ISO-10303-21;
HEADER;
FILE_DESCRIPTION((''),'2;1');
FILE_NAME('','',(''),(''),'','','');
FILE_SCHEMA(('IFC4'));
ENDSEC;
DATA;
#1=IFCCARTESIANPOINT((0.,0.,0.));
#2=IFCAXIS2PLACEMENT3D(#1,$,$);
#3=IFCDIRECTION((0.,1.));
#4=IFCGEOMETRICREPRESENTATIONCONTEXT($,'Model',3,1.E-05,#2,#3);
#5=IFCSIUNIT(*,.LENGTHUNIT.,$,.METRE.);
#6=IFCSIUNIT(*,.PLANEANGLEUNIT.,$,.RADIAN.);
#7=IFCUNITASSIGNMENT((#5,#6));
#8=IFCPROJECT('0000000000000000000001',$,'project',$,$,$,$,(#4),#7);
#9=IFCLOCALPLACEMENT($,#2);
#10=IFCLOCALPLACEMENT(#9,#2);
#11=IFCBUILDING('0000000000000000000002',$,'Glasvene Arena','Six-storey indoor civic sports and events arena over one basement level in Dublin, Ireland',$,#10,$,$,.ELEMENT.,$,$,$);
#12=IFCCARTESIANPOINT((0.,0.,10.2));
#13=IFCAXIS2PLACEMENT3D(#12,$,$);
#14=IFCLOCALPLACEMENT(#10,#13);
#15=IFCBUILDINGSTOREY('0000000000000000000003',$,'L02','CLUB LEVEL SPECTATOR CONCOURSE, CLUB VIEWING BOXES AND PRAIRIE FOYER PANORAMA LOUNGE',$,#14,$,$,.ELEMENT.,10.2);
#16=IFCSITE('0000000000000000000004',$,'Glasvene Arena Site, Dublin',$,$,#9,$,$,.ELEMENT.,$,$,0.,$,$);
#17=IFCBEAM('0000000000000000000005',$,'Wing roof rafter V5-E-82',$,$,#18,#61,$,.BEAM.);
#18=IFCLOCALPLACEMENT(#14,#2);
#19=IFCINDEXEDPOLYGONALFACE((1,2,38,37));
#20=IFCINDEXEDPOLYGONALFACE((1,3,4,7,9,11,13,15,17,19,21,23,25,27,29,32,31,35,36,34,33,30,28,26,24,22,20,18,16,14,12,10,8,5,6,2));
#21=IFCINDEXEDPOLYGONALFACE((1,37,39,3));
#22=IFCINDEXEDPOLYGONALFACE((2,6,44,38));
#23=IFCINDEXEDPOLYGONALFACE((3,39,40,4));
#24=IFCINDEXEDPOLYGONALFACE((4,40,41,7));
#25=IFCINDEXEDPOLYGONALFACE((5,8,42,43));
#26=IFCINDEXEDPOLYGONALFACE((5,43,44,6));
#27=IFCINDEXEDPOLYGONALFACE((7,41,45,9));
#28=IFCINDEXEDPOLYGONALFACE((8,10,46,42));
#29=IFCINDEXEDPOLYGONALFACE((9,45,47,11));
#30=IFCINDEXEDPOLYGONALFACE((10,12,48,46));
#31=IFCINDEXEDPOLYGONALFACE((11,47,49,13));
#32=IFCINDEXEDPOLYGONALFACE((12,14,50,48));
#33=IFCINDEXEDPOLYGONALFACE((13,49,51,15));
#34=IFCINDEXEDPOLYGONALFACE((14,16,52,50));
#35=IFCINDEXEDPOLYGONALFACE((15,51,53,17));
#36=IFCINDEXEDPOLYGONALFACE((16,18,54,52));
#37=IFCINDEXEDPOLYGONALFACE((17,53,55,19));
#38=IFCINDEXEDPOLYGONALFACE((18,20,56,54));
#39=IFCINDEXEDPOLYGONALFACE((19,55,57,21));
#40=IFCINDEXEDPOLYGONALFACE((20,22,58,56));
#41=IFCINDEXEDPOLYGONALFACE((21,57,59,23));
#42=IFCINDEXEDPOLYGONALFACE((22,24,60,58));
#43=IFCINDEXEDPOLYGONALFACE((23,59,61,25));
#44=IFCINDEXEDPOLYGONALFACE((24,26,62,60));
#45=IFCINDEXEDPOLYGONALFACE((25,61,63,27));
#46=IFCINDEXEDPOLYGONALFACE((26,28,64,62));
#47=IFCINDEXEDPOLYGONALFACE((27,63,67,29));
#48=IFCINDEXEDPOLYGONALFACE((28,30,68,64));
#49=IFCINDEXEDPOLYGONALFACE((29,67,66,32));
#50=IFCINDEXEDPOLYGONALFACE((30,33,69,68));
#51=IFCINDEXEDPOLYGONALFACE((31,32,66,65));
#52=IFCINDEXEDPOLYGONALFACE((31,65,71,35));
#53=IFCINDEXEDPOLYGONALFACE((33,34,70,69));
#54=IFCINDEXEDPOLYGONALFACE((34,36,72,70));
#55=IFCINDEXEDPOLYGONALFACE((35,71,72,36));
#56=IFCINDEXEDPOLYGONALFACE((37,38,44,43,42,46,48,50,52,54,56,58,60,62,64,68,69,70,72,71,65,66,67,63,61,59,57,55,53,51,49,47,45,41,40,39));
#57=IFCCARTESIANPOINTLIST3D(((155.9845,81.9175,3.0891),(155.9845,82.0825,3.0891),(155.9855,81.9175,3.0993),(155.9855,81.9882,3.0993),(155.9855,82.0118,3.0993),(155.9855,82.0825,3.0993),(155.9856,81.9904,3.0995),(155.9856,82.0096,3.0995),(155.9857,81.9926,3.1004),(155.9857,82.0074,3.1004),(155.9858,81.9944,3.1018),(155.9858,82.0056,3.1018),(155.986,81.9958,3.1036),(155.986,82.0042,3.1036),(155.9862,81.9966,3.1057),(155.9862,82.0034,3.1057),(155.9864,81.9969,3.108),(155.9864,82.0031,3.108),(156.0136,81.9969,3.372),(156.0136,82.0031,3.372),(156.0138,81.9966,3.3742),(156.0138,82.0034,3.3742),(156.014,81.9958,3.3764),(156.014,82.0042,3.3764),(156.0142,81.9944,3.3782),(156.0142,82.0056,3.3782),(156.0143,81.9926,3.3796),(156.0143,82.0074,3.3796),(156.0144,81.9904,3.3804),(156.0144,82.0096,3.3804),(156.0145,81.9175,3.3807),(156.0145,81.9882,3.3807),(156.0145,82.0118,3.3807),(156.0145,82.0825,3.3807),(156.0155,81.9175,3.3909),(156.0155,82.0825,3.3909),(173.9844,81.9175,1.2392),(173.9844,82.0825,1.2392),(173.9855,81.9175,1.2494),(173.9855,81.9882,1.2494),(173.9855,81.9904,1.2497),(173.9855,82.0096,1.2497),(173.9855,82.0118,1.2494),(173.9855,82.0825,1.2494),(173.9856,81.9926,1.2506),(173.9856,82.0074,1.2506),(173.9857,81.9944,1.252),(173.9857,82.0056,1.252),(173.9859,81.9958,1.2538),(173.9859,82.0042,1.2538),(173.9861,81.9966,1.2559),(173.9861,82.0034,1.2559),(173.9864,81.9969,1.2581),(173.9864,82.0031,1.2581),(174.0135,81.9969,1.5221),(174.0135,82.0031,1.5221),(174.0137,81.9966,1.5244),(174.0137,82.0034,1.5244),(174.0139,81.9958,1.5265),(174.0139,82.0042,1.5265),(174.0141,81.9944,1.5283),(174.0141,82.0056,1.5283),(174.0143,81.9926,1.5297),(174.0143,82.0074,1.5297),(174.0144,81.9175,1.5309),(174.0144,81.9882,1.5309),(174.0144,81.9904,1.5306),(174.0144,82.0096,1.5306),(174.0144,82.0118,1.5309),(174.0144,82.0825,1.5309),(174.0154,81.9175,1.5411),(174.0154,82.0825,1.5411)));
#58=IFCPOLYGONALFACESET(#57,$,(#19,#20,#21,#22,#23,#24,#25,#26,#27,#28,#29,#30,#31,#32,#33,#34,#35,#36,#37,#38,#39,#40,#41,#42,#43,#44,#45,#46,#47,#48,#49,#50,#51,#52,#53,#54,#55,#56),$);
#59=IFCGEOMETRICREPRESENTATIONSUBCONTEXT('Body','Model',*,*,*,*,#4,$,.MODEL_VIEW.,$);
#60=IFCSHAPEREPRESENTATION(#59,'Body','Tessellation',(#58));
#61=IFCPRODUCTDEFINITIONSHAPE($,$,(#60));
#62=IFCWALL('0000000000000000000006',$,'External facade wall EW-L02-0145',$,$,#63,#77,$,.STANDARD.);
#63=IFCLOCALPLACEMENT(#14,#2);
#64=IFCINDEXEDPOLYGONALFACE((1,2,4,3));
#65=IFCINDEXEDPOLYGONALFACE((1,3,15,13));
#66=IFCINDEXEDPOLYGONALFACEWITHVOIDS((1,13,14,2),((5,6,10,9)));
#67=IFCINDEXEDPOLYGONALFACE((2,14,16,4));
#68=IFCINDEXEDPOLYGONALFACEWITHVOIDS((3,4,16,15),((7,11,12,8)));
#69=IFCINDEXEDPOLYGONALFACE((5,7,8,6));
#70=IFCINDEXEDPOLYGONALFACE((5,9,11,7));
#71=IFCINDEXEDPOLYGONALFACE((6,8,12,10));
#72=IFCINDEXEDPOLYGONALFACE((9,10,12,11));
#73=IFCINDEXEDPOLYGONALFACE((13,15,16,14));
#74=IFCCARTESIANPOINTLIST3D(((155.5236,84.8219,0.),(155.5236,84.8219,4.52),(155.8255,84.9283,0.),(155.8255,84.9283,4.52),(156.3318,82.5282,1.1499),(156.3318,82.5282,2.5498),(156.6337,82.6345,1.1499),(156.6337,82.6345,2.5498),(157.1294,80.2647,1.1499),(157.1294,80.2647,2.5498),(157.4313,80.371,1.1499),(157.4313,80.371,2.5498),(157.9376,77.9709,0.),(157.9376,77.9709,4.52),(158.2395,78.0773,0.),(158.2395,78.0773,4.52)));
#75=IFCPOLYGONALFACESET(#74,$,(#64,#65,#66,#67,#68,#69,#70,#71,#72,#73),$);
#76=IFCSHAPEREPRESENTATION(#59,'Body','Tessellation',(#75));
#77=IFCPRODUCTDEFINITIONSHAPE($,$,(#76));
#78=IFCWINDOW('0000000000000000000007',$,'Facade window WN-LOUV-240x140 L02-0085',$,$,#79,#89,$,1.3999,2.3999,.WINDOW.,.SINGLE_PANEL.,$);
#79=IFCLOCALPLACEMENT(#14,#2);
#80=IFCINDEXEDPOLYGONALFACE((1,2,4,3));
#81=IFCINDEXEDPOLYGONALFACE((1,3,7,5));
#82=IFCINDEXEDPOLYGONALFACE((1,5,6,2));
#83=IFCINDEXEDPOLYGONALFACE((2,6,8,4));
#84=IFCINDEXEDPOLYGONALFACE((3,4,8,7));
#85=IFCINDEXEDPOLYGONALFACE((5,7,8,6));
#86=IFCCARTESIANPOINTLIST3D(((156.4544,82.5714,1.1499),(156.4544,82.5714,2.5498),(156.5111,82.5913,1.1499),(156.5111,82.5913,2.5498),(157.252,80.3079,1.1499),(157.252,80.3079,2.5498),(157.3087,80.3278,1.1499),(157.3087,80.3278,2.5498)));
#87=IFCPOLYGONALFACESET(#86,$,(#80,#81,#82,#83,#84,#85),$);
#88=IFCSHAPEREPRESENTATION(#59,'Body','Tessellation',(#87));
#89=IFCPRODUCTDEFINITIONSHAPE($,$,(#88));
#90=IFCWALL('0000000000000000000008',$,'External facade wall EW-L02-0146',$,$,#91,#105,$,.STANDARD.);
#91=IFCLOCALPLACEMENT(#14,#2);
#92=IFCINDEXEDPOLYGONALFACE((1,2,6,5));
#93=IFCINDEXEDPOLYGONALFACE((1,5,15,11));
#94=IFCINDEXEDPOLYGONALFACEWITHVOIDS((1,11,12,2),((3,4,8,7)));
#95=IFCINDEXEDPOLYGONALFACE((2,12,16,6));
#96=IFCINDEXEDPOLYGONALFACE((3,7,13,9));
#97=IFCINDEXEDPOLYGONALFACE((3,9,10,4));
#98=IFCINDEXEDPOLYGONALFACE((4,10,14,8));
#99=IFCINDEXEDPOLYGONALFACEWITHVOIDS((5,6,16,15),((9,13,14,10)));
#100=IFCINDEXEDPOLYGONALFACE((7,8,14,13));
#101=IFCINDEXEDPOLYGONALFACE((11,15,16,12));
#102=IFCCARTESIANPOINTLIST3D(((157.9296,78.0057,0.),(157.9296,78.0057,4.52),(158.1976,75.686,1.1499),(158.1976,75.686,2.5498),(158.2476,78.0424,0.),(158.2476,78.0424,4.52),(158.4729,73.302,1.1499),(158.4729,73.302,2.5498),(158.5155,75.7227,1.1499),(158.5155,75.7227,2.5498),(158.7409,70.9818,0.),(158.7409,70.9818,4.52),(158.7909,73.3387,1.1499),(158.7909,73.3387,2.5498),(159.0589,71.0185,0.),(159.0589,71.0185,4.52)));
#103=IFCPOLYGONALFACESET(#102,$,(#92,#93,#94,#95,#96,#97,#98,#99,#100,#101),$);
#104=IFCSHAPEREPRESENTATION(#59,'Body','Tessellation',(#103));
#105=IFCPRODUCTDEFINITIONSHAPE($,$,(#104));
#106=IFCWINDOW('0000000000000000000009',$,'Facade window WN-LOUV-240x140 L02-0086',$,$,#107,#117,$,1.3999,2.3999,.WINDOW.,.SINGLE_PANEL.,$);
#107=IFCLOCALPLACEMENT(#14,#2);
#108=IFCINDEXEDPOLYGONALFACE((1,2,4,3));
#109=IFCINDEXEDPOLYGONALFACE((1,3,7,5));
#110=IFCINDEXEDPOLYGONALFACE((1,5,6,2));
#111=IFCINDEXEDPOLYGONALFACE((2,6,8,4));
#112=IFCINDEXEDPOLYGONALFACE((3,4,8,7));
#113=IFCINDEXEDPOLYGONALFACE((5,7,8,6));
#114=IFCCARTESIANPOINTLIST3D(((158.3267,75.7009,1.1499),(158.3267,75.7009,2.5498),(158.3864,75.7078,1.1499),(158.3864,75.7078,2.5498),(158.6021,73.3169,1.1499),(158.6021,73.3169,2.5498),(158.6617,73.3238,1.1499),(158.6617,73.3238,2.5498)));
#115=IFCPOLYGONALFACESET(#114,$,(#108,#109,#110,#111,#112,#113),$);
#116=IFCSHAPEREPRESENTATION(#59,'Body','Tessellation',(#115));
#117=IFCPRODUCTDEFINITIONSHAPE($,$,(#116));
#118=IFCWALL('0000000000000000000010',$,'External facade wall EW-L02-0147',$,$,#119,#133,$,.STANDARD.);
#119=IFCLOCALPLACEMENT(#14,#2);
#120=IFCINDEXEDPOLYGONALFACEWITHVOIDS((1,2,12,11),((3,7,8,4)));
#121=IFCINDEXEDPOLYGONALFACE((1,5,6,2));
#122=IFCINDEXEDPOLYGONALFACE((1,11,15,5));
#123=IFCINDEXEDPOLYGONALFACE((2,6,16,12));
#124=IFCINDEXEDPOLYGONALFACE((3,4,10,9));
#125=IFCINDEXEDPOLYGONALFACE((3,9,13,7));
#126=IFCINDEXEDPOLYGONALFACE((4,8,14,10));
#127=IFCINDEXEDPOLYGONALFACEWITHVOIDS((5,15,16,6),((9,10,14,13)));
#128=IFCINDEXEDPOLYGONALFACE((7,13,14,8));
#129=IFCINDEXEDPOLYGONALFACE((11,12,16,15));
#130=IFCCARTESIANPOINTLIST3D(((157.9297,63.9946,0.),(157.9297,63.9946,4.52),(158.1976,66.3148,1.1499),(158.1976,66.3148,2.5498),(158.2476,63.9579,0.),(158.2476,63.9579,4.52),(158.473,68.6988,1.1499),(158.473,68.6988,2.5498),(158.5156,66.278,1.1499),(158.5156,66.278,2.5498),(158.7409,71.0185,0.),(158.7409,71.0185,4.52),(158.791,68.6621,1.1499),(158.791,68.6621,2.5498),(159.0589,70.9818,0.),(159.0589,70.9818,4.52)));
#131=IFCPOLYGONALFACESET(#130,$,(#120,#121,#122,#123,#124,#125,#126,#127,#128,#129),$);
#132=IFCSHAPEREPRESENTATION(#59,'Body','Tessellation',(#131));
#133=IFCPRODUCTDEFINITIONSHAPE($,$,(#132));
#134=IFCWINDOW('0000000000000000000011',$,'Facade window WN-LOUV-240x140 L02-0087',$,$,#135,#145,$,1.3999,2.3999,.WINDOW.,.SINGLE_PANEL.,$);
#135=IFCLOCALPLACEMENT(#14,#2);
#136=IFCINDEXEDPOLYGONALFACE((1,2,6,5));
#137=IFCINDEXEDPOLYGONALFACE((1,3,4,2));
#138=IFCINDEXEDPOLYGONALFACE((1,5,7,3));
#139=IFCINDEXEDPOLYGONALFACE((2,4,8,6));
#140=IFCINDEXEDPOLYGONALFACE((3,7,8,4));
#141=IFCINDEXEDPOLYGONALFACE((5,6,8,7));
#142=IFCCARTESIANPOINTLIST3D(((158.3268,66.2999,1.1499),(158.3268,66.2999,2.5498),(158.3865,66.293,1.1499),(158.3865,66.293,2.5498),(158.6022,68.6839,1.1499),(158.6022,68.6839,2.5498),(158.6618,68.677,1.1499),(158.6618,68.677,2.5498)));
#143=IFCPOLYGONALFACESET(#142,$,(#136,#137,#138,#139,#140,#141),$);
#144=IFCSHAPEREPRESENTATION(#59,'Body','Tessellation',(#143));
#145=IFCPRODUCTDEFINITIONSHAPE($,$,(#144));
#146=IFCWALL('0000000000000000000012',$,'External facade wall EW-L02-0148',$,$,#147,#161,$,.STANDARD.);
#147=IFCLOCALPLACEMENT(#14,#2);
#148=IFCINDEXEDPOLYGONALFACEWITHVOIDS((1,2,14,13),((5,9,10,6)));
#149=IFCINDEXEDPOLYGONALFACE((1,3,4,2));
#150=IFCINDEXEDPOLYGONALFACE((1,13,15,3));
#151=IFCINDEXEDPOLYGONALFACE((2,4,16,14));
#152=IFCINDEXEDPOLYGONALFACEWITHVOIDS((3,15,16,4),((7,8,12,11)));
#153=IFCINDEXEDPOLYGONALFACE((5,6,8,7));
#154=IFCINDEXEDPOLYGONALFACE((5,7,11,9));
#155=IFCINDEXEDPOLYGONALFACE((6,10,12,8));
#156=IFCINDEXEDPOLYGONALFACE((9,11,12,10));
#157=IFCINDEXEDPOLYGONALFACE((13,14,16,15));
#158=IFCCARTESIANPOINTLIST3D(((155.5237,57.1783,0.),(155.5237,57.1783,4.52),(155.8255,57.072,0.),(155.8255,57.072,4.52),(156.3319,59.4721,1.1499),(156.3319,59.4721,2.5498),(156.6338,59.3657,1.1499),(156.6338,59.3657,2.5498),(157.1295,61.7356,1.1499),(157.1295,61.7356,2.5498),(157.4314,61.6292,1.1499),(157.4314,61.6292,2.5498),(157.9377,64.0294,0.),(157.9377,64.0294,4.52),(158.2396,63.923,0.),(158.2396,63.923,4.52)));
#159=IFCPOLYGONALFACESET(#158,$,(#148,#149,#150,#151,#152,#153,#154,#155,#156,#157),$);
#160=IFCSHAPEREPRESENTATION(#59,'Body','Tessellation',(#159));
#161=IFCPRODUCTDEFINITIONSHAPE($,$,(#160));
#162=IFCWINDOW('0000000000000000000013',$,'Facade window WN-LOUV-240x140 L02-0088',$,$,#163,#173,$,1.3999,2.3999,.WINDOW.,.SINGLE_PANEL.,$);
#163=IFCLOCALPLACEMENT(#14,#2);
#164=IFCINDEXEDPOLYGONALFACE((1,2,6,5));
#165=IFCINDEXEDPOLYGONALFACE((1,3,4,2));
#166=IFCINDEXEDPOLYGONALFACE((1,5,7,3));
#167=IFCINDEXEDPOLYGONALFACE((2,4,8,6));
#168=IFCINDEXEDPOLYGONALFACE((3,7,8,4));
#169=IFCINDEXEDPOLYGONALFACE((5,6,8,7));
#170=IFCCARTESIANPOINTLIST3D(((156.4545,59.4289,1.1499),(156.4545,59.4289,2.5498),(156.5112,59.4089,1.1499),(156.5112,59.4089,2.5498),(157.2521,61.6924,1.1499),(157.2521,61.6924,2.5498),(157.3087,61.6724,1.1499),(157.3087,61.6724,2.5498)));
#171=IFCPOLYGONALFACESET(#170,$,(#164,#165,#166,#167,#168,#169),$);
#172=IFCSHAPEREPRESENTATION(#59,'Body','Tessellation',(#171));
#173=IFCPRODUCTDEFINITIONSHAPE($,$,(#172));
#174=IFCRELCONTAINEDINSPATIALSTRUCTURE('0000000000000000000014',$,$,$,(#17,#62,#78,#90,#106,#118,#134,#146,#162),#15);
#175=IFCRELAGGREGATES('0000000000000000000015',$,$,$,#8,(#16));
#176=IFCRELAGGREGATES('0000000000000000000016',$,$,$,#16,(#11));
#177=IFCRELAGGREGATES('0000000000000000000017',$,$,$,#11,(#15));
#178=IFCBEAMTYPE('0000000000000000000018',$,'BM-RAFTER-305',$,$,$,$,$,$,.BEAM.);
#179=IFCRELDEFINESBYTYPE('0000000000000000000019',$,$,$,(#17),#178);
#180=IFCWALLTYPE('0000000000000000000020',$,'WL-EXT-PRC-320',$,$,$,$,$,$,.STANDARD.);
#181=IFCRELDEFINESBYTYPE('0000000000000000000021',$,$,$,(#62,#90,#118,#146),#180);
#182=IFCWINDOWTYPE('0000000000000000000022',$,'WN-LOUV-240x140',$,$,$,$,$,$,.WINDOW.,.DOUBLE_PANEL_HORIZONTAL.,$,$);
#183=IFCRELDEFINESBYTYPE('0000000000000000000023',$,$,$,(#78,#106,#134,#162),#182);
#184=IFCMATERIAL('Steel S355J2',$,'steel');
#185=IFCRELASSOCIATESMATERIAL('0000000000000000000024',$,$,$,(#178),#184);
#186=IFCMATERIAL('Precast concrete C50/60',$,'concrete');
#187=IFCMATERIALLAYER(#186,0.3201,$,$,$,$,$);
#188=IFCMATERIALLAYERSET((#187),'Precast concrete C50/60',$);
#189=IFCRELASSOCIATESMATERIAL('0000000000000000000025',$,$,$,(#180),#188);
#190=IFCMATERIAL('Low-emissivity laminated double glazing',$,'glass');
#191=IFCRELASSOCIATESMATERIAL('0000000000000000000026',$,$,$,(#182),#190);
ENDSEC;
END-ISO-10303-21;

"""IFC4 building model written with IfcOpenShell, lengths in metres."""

from ifc_helpers import new_model, si_unit, direction, frame, frame_2d, origin, origin_2d, place, context, subcontext, project, spatial, rectangle, i_section, extrude, material, layer, layer_set, material_profile, profile_set, type_object, element, fill, save


model = new_model("IFC4")

# Units and contexts
model_context = context("Model", 3, precision=1e-05, world=origin(), true_north=direction((0.0, 1.0)))
body_context = subcontext(model_context, "Body", "Model", "MODEL_VIEW")
ifc_project = project(units=[si_unit("LENGTHUNIT", "METRE"), si_unit("PLANEANGLEUNIT", "RADIAN")], contexts=[model_context])

# Site, building, storey
site_placement = place(None, origin())
site = spatial("IfcSite", under=ifc_project, at=site_placement, Name="Glasvene Arena Site, Dublin", CompositionType="ELEMENT", RefElevation=0.0)
building_placement = place(site_placement, origin())
building = spatial("IfcBuilding", under=site, at=building_placement, Name="Glasvene Arena", Description="Six-storey indoor civic sports and events arena over one basement level in Dublin, Ireland", CompositionType="ELEMENT")
storey_placement = place(building_placement, frame((0.0, 0.0, 10.2)))
storey = spatial("IfcBuildingStorey", under=building, at=storey_placement, Name="L02", Description="CLUB LEVEL SPECTATOR CONCOURSE, CLUB VIEWING BOXES AND PRAIRIE FOYER PANORAMA LOUNGE", CompositionType="ELEMENT", Elevation=10.2)

# Shared definitions
ifc_material_1 = material(Name="Steel S355J2", Category="steel")

# Beam
ifc_material_profile_1 = material_profile(ifc_material_1, i_section(OverallWidth=0.165, OverallDepth=0.3035, WebThickness=0.0061, FlangeThickness=0.0103, FilletRadius=0.0088, at=origin_2d()), Name="UKB 305x165x40")
ifc_profile_set_1 = profile_set([ifc_material_profile_1], Name="Steel S355J2")
beam_type_1 = type_object("IfcBeamType", Name="BM-RAFTER-305", PredefinedType="BEAM", material=ifc_profile_set_1)
for number, where, z_axis, x_axis, name in (
    (1, (156.0, 82.0, 3.24), (0.994761, 0.0, -0.102231), (0.0, 1.0, 0.0), "Wing roof rafter V5-E-82"),
):
    element("IfcBeam", number, at=place(storey_placement, frame(where, z_axis=z_axis, x_axis=x_axis)), inside=storey, type_object=beam_type_1, Name=name, PredefinedType="BEAM", context=body_context, shape_type="SweptSolid", body=[
        extrude(i_section(OverallWidth=0.165, OverallDepth=0.3035, WebThickness=0.0061, FlangeThickness=0.0103, FilletRadius=0.0088, at=origin_2d()), origin(), (0.0, 0.0, 1.0), 18.0947),
    ])

# Walls, openings, windows
ifc_material_2 = material(Name="Precast concrete C50/60", Category="concrete")
ifc_layer_1 = layer(ifc_material_2, 0.3201)
ifc_layer_set_1 = layer_set([ifc_layer_1], Name="Precast concrete C50/60")
wall_type = type_object("IfcWallType", Name="WL-EXT-PRC-320", PredefinedType="STANDARD", material=ifc_layer_set_1)
wall_1_placement = place(storey_placement, frame((155.6746, 84.875, 0.0), z_axis=(0.0, 0.0, 1.0), x_axis=(0.332335, -0.943161, 0.0)))
wall_1 = element("IfcWall", 2, at=wall_1_placement, inside=storey, type_object=wall_type, Name="External facade wall EW-L02-0145", PredefinedType="STANDARD", context=body_context, shape_type="SweptSolid", body=[
    extrude(rectangle(XDim=7.2639, YDim=0.3201, at=frame_2d((3.6318, 0.0))), origin(), (0.0, 0.0, 1.0), 4.52),
])
opening_1_placement = place(wall_1_placement, frame((2.4319, 0.0, 1.1499)))
opening_1 = element("IfcOpeningElement", 3, at=opening_1_placement, cuts=wall_1, PredefinedType="OPENING", context=body_context, shape_type="SweptSolid", body=[
    extrude(rectangle(XDim=2.3999, YDim=1.3999, at=frame_2d((1.2, 0.7))), frame((0.0, 0.1699, 0.0), z_axis=(0.0, -1.0, 0.0), x_axis=(1.0, 0.0, 0.0)), (0.0, 0.0, 1.0), 0.3401),
])
ifc_material_3 = material(Name="Low-emissivity laminated double glazing", Category="glass")
window_type = type_object("IfcWindowType", Name="WN-LOUV-240x140", PartitioningType="DOUBLE_PANEL_HORIZONTAL", PredefinedType="WINDOW", material=ifc_material_3)
window_1_placement = place(opening_1_placement, origin())
window_1 = element("IfcWindow", 4, at=window_1_placement, inside=storey, type_object=window_type, Name="Facade window WN-LOUV-240x140 L02-0085", OverallHeight=1.3999, OverallWidth=2.3999, PartitioningType="SINGLE_PANEL", PredefinedType="WINDOW", context=body_context, shape_type="SweptSolid", body=[
    extrude(rectangle(XDim=2.3999, YDim=1.3999, at=frame_2d((1.2, 0.7))), frame((0.0, 0.03, 0.0), z_axis=(0.0, -1.0, 0.0), x_axis=(1.0, 0.0, 0.0)), (0.0, 0.0, 1.0), 0.0601),
])
fill(opening_1, window_1)
wall_2_placement = place(storey_placement, frame((158.0886, 78.0239, 0.0), z_axis=(0.0, 0.0, 1.0), x_axis=(0.114739, -0.993396, 0.0)))
wall_2 = element("IfcWall", 5, at=wall_2_placement, inside=storey, type_object=wall_type, Name="External facade wall EW-L02-0146", PredefinedType="STANDARD", context=body_context, shape_type="SweptSolid", body=[
    extrude(rectangle(XDim=7.0706, YDim=0.3201, at=frame_2d((3.5352, 0.0))), origin(), (0.0, 0.0, 1.0), 4.52),
])
opening_2_placement = place(wall_2_placement, frame((2.335, 0.0, 1.1499)))
opening_2 = element("IfcOpeningElement", 6, at=opening_2_placement, cuts=wall_2, PredefinedType="OPENING", context=body_context, shape_type="SweptSolid", body=[
    extrude(rectangle(XDim=2.3999, YDim=1.3999, at=frame_2d((1.2, 0.7))), frame((0.0, 0.1699, 0.0), z_axis=(0.0, -1.0, 0.0), x_axis=(1.0, 0.0, 0.0)), (0.0, 0.0, 1.0), 0.3401),
])
window_2_placement = place(opening_2_placement, origin())
window_2 = element("IfcWindow", 7, at=window_2_placement, inside=storey, type_object=window_type, Name="Facade window WN-LOUV-240x140 L02-0086", OverallHeight=1.3999, OverallWidth=2.3999, PartitioningType="SINGLE_PANEL", PredefinedType="WINDOW", context=body_context, shape_type="SweptSolid", body=[
    extrude(rectangle(XDim=2.3999, YDim=1.3999, at=frame_2d((1.2, 0.7))), frame((0.0, 0.03, 0.0), z_axis=(0.0, -1.0, 0.0), x_axis=(1.0, 0.0, 0.0)), (0.0, 0.0, 1.0), 0.0601),
])
fill(opening_2, window_2)
wall_3_placement = place(storey_placement, frame((158.8999, 71.0, 0.0), z_axis=(0.0, 0.0, 1.0), x_axis=(-0.114739, -0.993396, 0.0)))
wall_3 = element("IfcWall", 8, at=wall_3_placement, inside=storey, type_object=wall_type, Name="External facade wall EW-L02-0147", PredefinedType="STANDARD", context=body_context, shape_type="SweptSolid", body=[
    extrude(rectangle(XDim=7.0706, YDim=0.3201, at=frame_2d((3.5352, 0.0))), origin(), (0.0, 0.0, 1.0), 4.52),
])
opening_3_placement = place(wall_3_placement, frame((2.335, 0.0, 1.1499)))
opening_3 = element("IfcOpeningElement", 9, at=opening_3_placement, cuts=wall_3, PredefinedType="OPENING", context=body_context, shape_type="SweptSolid", body=[
    extrude(rectangle(XDim=2.3999, YDim=1.3999, at=frame_2d((1.2, 0.7))), frame((0.0, 0.1699, 0.0), z_axis=(0.0, -1.0, 0.0), x_axis=(1.0, 0.0, 0.0)), (0.0, 0.0, 1.0), 0.3401),
])
window_3_placement = place(opening_3_placement, origin())
window_3 = element("IfcWindow", 10, at=window_3_placement, inside=storey, type_object=window_type, Name="Facade window WN-LOUV-240x140 L02-0087", OverallHeight=1.3999, OverallWidth=2.3999, PartitioningType="SINGLE_PANEL", PredefinedType="WINDOW", context=body_context, shape_type="SweptSolid", body=[
    extrude(rectangle(XDim=2.3999, YDim=1.3999, at=frame_2d((1.2, 0.7))), frame((0.0, 0.03, 0.0), z_axis=(0.0, -1.0, 0.0), x_axis=(1.0, 0.0, 0.0)), (0.0, 0.0, 1.0), 0.0601),
])
fill(opening_3, window_3)
wall_4_placement = place(storey_placement, frame((158.0886, 63.9761, 0.0), z_axis=(0.0, 0.0, 1.0), x_axis=(-0.332335, -0.943161, 0.0)))
wall_4 = element("IfcWall", 11, at=wall_4_placement, inside=storey, type_object=wall_type, Name="External facade wall EW-L02-0148", PredefinedType="STANDARD", context=body_context, shape_type="SweptSolid", body=[
    extrude(rectangle(XDim=7.2639, YDim=0.3201, at=frame_2d((3.6318, 0.0))), origin(), (0.0, 0.0, 1.0), 4.52),
])
opening_4_placement = place(wall_4_placement, frame((2.4319, 0.0, 1.1499)))
opening_4 = element("IfcOpeningElement", 12, at=opening_4_placement, cuts=wall_4, PredefinedType="OPENING", context=body_context, shape_type="SweptSolid", body=[
    extrude(rectangle(XDim=2.3999, YDim=1.3999, at=frame_2d((1.2, 0.7))), frame((0.0, 0.1699, 0.0), z_axis=(0.0, -1.0, 0.0), x_axis=(1.0, 0.0, 0.0)), (0.0, 0.0, 1.0), 0.3401),
])
window_4_placement = place(opening_4_placement, origin())
window_4 = element("IfcWindow", 13, at=window_4_placement, inside=storey, type_object=window_type, Name="Facade window WN-LOUV-240x140 L02-0088", OverallHeight=1.3999, OverallWidth=2.3999, PartitioningType="SINGLE_PANEL", PredefinedType="WINDOW", context=body_context, shape_type="SweptSolid", body=[
    extrude(rectangle(XDim=2.3999, YDim=1.3999, at=frame_2d((1.2, 0.7))), frame((0.0, 0.03, 0.0), z_axis=(0.0, -1.0, 0.0), x_axis=(1.0, 0.0, 0.0)), (0.0, 0.0, 1.0), 0.0601),
])
fill(opening_4, window_4)

save(model, "model.ifc")
